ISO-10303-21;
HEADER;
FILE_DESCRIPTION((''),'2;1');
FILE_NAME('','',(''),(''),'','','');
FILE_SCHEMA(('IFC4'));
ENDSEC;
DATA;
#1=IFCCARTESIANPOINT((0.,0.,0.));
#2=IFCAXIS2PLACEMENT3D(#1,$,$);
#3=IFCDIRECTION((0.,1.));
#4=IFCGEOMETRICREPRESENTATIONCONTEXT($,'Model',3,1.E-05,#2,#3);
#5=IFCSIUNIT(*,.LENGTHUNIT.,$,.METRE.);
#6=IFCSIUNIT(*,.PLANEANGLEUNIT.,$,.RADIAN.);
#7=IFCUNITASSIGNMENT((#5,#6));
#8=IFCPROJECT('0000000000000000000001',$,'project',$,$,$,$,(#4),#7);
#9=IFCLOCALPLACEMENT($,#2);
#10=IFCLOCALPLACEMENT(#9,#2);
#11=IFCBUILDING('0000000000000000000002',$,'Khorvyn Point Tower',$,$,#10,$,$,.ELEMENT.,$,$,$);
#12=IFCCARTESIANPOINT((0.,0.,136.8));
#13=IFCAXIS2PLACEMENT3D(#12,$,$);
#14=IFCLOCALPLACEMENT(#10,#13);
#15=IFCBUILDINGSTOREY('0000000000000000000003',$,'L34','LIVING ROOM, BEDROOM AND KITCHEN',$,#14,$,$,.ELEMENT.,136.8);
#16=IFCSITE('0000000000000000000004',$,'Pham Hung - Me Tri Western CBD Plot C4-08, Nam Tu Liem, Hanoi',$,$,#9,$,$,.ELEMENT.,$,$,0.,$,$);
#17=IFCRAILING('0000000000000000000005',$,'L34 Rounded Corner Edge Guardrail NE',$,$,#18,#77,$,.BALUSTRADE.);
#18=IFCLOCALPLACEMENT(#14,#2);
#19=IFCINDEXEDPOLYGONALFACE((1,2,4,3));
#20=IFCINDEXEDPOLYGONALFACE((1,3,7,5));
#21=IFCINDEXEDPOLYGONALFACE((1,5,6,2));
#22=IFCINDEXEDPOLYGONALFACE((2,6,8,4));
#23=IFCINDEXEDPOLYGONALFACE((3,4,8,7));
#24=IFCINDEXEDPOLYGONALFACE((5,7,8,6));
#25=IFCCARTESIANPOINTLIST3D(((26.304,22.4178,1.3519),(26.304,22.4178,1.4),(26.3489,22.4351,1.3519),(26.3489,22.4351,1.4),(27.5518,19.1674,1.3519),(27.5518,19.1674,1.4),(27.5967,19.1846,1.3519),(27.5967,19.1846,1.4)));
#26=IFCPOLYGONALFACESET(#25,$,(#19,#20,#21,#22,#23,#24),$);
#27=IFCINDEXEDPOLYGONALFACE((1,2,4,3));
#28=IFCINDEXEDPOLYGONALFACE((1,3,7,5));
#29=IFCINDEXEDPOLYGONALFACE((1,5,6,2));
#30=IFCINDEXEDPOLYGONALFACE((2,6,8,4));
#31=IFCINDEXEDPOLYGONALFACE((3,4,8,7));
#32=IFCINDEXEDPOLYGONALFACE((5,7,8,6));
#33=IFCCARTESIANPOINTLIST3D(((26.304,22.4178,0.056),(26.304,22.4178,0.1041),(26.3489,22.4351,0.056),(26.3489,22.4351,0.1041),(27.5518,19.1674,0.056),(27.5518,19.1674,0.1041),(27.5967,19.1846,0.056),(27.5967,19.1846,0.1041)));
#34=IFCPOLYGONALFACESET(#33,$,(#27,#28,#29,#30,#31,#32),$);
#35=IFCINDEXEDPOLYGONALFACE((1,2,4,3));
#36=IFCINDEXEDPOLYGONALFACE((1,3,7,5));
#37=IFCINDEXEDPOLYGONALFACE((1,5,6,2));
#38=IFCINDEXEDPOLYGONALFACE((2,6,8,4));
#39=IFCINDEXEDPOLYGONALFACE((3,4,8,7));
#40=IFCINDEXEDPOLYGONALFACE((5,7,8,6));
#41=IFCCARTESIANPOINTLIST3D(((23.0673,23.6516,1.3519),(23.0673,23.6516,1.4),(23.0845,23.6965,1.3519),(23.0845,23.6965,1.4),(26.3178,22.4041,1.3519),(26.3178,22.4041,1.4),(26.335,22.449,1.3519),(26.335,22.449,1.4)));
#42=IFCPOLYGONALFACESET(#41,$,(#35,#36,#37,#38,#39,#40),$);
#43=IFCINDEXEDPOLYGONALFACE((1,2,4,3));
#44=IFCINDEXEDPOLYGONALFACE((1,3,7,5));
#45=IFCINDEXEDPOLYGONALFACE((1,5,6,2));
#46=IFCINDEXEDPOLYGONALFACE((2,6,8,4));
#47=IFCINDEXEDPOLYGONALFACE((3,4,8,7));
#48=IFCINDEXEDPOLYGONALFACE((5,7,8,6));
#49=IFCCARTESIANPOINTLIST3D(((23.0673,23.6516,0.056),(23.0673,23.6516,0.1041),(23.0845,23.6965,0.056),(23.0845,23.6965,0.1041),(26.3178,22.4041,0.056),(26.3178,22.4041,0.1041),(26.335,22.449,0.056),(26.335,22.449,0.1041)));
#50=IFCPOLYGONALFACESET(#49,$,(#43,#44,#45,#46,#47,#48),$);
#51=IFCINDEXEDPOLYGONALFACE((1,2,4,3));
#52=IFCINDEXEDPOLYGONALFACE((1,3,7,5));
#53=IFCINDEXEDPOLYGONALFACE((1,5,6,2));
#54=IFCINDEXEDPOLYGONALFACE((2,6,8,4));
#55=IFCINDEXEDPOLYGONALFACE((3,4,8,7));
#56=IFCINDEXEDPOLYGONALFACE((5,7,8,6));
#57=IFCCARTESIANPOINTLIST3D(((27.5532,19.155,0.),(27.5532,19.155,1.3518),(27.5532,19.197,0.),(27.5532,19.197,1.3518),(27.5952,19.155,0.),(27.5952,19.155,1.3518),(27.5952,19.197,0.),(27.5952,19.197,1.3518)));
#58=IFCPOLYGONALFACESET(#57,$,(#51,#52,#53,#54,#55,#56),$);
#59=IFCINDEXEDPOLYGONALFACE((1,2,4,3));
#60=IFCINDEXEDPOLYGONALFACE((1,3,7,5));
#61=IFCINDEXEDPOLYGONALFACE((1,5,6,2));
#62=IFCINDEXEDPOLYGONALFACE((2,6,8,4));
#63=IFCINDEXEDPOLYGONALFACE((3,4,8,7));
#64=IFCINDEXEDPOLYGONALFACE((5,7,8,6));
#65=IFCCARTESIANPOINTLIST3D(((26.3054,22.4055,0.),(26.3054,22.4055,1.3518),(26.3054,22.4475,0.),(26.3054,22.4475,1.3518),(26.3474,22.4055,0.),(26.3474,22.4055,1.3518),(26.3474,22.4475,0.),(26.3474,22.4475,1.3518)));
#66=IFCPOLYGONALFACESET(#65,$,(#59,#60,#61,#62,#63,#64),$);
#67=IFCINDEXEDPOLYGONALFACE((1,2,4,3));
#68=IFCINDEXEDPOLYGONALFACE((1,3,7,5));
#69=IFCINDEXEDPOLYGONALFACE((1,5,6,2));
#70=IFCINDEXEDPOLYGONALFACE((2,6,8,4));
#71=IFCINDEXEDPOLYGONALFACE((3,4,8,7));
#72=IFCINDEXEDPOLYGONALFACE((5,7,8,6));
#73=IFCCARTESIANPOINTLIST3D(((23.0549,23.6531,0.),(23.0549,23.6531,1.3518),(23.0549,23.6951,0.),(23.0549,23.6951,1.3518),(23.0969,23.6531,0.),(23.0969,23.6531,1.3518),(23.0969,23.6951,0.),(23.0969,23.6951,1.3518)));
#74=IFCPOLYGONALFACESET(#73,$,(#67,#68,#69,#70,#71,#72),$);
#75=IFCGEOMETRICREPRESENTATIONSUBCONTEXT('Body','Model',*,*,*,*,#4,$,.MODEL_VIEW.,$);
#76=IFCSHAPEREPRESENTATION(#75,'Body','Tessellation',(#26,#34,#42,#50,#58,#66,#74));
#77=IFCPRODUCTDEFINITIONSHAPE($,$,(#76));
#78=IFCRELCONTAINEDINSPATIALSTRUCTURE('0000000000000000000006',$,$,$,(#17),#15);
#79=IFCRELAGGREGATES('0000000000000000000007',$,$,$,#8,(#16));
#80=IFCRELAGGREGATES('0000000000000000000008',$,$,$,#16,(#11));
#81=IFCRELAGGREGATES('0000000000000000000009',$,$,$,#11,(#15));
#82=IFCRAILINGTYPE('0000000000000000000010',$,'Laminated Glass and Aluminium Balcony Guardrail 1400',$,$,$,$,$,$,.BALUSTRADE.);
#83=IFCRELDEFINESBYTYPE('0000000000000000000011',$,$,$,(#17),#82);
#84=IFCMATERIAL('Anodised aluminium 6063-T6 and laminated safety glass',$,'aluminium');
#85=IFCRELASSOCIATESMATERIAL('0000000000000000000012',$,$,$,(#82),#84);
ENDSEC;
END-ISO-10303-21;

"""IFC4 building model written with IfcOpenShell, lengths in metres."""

from ifc_helpers import new_model, si_unit, direction, frame, origin, origin_2d, place, context, subcontext, project, spatial, rectangle, extrude, material, type_object, element, save


model = new_model("IFC4")

# Units and contexts
model_context = context("Model", 3, precision=1e-05, world=origin(), true_north=direction((0.0, 1.0)))
body_context = subcontext(model_context, "Body", "Model", "MODEL_VIEW")
ifc_project = project(units=[si_unit("LENGTHUNIT", "METRE"), si_unit("PLANEANGLEUNIT", "RADIAN")], contexts=[model_context])

# Site, building, storey
site_placement = place(None, origin())
site = spatial("IfcSite", under=ifc_project, at=site_placement, Name="Pham Hung - Me Tri Western CBD Plot C4-08, Nam Tu Liem, Hanoi", CompositionType="ELEMENT", RefElevation=0.0)
building_placement = place(site_placement, origin())
building = spatial("IfcBuilding", under=site, at=building_placement, Name="Khorvyn Point Tower", CompositionType="ELEMENT")
storey_placement = place(building_placement, frame((0.0, 0.0, 136.8)))
storey = spatial("IfcBuildingStorey", under=building, at=storey_placement, Name="L34", Description="LIVING ROOM, BEDROOM AND KITCHEN", CompositionType="ELEMENT", Elevation=136.8)

# Railing
ifc_material_1 = material(Name="Anodised aluminium 6063-T6 and laminated safety glass", Category="aluminium")
railing_type = type_object("IfcRailingType", Name="Laminated Glass and Aluminium Balcony Guardrail 1400", PredefinedType="BALUSTRADE", material=ifc_material_1)
railing_placement = place(storey_placement, frame((27.5742, 19.176, 0.0)))
element("IfcRailing", 1, at=railing_placement, inside=storey, type_object=railing_type, Name="L34 Rounded Corner Edge Guardrail NE", PredefinedType="BALUSTRADE", context=body_context, shape_type="SweptSolid", body=[
    extrude(rectangle(XDim=0.0481, YDim=0.0481, at=origin_2d()), frame((0.0, 0.0, 1.376), z_axis=(-0.358382, 0.933575, 0.0), x_axis=(-0.933575, -0.358382, 0.0)), (0.0, 0.0, 1.0), 3.4817),
    extrude(rectangle(XDim=0.0481, YDim=0.0481, at=origin_2d()), frame((0.0, 0.0, 0.0801), z_axis=(-0.358382, 0.933575, 0.0), x_axis=(-0.933575, -0.358382, 0.0)), (0.0, 0.0, 1.0), 3.4817),
    extrude(rectangle(XDim=0.0481, YDim=0.0481, at=origin_2d()), frame((-1.2478, 3.2505, 1.376), z_axis=(-0.933598, 0.358321, 0.0), x_axis=(-0.358321, -0.933598, 0.0)), (0.0, 0.0, 1.0), 3.4817),
    extrude(rectangle(XDim=0.0481, YDim=0.0481, at=origin_2d()), frame((-1.2478, 3.2505, 0.0801), z_axis=(-0.933598, 0.358321, 0.0), x_axis=(-0.358321, -0.933598, 0.0)), (0.0, 0.0, 1.0), 3.4817),
    extrude(rectangle(XDim=0.042, YDim=0.042, at=origin_2d()), origin(), (0.0, 0.0, 1.0), 1.3518),
    extrude(rectangle(XDim=0.042, YDim=0.042, at=origin_2d()), frame((-1.2478, 3.2505, 0.0)), (0.0, 0.0, 1.0), 1.3518),
    extrude(rectangle(XDim=0.042, YDim=0.042, at=origin_2d()), frame((-4.4983, 4.498, 0.0)), (0.0, 0.0, 1.0), 1.3518),
])

save(model, "model.ifc")
